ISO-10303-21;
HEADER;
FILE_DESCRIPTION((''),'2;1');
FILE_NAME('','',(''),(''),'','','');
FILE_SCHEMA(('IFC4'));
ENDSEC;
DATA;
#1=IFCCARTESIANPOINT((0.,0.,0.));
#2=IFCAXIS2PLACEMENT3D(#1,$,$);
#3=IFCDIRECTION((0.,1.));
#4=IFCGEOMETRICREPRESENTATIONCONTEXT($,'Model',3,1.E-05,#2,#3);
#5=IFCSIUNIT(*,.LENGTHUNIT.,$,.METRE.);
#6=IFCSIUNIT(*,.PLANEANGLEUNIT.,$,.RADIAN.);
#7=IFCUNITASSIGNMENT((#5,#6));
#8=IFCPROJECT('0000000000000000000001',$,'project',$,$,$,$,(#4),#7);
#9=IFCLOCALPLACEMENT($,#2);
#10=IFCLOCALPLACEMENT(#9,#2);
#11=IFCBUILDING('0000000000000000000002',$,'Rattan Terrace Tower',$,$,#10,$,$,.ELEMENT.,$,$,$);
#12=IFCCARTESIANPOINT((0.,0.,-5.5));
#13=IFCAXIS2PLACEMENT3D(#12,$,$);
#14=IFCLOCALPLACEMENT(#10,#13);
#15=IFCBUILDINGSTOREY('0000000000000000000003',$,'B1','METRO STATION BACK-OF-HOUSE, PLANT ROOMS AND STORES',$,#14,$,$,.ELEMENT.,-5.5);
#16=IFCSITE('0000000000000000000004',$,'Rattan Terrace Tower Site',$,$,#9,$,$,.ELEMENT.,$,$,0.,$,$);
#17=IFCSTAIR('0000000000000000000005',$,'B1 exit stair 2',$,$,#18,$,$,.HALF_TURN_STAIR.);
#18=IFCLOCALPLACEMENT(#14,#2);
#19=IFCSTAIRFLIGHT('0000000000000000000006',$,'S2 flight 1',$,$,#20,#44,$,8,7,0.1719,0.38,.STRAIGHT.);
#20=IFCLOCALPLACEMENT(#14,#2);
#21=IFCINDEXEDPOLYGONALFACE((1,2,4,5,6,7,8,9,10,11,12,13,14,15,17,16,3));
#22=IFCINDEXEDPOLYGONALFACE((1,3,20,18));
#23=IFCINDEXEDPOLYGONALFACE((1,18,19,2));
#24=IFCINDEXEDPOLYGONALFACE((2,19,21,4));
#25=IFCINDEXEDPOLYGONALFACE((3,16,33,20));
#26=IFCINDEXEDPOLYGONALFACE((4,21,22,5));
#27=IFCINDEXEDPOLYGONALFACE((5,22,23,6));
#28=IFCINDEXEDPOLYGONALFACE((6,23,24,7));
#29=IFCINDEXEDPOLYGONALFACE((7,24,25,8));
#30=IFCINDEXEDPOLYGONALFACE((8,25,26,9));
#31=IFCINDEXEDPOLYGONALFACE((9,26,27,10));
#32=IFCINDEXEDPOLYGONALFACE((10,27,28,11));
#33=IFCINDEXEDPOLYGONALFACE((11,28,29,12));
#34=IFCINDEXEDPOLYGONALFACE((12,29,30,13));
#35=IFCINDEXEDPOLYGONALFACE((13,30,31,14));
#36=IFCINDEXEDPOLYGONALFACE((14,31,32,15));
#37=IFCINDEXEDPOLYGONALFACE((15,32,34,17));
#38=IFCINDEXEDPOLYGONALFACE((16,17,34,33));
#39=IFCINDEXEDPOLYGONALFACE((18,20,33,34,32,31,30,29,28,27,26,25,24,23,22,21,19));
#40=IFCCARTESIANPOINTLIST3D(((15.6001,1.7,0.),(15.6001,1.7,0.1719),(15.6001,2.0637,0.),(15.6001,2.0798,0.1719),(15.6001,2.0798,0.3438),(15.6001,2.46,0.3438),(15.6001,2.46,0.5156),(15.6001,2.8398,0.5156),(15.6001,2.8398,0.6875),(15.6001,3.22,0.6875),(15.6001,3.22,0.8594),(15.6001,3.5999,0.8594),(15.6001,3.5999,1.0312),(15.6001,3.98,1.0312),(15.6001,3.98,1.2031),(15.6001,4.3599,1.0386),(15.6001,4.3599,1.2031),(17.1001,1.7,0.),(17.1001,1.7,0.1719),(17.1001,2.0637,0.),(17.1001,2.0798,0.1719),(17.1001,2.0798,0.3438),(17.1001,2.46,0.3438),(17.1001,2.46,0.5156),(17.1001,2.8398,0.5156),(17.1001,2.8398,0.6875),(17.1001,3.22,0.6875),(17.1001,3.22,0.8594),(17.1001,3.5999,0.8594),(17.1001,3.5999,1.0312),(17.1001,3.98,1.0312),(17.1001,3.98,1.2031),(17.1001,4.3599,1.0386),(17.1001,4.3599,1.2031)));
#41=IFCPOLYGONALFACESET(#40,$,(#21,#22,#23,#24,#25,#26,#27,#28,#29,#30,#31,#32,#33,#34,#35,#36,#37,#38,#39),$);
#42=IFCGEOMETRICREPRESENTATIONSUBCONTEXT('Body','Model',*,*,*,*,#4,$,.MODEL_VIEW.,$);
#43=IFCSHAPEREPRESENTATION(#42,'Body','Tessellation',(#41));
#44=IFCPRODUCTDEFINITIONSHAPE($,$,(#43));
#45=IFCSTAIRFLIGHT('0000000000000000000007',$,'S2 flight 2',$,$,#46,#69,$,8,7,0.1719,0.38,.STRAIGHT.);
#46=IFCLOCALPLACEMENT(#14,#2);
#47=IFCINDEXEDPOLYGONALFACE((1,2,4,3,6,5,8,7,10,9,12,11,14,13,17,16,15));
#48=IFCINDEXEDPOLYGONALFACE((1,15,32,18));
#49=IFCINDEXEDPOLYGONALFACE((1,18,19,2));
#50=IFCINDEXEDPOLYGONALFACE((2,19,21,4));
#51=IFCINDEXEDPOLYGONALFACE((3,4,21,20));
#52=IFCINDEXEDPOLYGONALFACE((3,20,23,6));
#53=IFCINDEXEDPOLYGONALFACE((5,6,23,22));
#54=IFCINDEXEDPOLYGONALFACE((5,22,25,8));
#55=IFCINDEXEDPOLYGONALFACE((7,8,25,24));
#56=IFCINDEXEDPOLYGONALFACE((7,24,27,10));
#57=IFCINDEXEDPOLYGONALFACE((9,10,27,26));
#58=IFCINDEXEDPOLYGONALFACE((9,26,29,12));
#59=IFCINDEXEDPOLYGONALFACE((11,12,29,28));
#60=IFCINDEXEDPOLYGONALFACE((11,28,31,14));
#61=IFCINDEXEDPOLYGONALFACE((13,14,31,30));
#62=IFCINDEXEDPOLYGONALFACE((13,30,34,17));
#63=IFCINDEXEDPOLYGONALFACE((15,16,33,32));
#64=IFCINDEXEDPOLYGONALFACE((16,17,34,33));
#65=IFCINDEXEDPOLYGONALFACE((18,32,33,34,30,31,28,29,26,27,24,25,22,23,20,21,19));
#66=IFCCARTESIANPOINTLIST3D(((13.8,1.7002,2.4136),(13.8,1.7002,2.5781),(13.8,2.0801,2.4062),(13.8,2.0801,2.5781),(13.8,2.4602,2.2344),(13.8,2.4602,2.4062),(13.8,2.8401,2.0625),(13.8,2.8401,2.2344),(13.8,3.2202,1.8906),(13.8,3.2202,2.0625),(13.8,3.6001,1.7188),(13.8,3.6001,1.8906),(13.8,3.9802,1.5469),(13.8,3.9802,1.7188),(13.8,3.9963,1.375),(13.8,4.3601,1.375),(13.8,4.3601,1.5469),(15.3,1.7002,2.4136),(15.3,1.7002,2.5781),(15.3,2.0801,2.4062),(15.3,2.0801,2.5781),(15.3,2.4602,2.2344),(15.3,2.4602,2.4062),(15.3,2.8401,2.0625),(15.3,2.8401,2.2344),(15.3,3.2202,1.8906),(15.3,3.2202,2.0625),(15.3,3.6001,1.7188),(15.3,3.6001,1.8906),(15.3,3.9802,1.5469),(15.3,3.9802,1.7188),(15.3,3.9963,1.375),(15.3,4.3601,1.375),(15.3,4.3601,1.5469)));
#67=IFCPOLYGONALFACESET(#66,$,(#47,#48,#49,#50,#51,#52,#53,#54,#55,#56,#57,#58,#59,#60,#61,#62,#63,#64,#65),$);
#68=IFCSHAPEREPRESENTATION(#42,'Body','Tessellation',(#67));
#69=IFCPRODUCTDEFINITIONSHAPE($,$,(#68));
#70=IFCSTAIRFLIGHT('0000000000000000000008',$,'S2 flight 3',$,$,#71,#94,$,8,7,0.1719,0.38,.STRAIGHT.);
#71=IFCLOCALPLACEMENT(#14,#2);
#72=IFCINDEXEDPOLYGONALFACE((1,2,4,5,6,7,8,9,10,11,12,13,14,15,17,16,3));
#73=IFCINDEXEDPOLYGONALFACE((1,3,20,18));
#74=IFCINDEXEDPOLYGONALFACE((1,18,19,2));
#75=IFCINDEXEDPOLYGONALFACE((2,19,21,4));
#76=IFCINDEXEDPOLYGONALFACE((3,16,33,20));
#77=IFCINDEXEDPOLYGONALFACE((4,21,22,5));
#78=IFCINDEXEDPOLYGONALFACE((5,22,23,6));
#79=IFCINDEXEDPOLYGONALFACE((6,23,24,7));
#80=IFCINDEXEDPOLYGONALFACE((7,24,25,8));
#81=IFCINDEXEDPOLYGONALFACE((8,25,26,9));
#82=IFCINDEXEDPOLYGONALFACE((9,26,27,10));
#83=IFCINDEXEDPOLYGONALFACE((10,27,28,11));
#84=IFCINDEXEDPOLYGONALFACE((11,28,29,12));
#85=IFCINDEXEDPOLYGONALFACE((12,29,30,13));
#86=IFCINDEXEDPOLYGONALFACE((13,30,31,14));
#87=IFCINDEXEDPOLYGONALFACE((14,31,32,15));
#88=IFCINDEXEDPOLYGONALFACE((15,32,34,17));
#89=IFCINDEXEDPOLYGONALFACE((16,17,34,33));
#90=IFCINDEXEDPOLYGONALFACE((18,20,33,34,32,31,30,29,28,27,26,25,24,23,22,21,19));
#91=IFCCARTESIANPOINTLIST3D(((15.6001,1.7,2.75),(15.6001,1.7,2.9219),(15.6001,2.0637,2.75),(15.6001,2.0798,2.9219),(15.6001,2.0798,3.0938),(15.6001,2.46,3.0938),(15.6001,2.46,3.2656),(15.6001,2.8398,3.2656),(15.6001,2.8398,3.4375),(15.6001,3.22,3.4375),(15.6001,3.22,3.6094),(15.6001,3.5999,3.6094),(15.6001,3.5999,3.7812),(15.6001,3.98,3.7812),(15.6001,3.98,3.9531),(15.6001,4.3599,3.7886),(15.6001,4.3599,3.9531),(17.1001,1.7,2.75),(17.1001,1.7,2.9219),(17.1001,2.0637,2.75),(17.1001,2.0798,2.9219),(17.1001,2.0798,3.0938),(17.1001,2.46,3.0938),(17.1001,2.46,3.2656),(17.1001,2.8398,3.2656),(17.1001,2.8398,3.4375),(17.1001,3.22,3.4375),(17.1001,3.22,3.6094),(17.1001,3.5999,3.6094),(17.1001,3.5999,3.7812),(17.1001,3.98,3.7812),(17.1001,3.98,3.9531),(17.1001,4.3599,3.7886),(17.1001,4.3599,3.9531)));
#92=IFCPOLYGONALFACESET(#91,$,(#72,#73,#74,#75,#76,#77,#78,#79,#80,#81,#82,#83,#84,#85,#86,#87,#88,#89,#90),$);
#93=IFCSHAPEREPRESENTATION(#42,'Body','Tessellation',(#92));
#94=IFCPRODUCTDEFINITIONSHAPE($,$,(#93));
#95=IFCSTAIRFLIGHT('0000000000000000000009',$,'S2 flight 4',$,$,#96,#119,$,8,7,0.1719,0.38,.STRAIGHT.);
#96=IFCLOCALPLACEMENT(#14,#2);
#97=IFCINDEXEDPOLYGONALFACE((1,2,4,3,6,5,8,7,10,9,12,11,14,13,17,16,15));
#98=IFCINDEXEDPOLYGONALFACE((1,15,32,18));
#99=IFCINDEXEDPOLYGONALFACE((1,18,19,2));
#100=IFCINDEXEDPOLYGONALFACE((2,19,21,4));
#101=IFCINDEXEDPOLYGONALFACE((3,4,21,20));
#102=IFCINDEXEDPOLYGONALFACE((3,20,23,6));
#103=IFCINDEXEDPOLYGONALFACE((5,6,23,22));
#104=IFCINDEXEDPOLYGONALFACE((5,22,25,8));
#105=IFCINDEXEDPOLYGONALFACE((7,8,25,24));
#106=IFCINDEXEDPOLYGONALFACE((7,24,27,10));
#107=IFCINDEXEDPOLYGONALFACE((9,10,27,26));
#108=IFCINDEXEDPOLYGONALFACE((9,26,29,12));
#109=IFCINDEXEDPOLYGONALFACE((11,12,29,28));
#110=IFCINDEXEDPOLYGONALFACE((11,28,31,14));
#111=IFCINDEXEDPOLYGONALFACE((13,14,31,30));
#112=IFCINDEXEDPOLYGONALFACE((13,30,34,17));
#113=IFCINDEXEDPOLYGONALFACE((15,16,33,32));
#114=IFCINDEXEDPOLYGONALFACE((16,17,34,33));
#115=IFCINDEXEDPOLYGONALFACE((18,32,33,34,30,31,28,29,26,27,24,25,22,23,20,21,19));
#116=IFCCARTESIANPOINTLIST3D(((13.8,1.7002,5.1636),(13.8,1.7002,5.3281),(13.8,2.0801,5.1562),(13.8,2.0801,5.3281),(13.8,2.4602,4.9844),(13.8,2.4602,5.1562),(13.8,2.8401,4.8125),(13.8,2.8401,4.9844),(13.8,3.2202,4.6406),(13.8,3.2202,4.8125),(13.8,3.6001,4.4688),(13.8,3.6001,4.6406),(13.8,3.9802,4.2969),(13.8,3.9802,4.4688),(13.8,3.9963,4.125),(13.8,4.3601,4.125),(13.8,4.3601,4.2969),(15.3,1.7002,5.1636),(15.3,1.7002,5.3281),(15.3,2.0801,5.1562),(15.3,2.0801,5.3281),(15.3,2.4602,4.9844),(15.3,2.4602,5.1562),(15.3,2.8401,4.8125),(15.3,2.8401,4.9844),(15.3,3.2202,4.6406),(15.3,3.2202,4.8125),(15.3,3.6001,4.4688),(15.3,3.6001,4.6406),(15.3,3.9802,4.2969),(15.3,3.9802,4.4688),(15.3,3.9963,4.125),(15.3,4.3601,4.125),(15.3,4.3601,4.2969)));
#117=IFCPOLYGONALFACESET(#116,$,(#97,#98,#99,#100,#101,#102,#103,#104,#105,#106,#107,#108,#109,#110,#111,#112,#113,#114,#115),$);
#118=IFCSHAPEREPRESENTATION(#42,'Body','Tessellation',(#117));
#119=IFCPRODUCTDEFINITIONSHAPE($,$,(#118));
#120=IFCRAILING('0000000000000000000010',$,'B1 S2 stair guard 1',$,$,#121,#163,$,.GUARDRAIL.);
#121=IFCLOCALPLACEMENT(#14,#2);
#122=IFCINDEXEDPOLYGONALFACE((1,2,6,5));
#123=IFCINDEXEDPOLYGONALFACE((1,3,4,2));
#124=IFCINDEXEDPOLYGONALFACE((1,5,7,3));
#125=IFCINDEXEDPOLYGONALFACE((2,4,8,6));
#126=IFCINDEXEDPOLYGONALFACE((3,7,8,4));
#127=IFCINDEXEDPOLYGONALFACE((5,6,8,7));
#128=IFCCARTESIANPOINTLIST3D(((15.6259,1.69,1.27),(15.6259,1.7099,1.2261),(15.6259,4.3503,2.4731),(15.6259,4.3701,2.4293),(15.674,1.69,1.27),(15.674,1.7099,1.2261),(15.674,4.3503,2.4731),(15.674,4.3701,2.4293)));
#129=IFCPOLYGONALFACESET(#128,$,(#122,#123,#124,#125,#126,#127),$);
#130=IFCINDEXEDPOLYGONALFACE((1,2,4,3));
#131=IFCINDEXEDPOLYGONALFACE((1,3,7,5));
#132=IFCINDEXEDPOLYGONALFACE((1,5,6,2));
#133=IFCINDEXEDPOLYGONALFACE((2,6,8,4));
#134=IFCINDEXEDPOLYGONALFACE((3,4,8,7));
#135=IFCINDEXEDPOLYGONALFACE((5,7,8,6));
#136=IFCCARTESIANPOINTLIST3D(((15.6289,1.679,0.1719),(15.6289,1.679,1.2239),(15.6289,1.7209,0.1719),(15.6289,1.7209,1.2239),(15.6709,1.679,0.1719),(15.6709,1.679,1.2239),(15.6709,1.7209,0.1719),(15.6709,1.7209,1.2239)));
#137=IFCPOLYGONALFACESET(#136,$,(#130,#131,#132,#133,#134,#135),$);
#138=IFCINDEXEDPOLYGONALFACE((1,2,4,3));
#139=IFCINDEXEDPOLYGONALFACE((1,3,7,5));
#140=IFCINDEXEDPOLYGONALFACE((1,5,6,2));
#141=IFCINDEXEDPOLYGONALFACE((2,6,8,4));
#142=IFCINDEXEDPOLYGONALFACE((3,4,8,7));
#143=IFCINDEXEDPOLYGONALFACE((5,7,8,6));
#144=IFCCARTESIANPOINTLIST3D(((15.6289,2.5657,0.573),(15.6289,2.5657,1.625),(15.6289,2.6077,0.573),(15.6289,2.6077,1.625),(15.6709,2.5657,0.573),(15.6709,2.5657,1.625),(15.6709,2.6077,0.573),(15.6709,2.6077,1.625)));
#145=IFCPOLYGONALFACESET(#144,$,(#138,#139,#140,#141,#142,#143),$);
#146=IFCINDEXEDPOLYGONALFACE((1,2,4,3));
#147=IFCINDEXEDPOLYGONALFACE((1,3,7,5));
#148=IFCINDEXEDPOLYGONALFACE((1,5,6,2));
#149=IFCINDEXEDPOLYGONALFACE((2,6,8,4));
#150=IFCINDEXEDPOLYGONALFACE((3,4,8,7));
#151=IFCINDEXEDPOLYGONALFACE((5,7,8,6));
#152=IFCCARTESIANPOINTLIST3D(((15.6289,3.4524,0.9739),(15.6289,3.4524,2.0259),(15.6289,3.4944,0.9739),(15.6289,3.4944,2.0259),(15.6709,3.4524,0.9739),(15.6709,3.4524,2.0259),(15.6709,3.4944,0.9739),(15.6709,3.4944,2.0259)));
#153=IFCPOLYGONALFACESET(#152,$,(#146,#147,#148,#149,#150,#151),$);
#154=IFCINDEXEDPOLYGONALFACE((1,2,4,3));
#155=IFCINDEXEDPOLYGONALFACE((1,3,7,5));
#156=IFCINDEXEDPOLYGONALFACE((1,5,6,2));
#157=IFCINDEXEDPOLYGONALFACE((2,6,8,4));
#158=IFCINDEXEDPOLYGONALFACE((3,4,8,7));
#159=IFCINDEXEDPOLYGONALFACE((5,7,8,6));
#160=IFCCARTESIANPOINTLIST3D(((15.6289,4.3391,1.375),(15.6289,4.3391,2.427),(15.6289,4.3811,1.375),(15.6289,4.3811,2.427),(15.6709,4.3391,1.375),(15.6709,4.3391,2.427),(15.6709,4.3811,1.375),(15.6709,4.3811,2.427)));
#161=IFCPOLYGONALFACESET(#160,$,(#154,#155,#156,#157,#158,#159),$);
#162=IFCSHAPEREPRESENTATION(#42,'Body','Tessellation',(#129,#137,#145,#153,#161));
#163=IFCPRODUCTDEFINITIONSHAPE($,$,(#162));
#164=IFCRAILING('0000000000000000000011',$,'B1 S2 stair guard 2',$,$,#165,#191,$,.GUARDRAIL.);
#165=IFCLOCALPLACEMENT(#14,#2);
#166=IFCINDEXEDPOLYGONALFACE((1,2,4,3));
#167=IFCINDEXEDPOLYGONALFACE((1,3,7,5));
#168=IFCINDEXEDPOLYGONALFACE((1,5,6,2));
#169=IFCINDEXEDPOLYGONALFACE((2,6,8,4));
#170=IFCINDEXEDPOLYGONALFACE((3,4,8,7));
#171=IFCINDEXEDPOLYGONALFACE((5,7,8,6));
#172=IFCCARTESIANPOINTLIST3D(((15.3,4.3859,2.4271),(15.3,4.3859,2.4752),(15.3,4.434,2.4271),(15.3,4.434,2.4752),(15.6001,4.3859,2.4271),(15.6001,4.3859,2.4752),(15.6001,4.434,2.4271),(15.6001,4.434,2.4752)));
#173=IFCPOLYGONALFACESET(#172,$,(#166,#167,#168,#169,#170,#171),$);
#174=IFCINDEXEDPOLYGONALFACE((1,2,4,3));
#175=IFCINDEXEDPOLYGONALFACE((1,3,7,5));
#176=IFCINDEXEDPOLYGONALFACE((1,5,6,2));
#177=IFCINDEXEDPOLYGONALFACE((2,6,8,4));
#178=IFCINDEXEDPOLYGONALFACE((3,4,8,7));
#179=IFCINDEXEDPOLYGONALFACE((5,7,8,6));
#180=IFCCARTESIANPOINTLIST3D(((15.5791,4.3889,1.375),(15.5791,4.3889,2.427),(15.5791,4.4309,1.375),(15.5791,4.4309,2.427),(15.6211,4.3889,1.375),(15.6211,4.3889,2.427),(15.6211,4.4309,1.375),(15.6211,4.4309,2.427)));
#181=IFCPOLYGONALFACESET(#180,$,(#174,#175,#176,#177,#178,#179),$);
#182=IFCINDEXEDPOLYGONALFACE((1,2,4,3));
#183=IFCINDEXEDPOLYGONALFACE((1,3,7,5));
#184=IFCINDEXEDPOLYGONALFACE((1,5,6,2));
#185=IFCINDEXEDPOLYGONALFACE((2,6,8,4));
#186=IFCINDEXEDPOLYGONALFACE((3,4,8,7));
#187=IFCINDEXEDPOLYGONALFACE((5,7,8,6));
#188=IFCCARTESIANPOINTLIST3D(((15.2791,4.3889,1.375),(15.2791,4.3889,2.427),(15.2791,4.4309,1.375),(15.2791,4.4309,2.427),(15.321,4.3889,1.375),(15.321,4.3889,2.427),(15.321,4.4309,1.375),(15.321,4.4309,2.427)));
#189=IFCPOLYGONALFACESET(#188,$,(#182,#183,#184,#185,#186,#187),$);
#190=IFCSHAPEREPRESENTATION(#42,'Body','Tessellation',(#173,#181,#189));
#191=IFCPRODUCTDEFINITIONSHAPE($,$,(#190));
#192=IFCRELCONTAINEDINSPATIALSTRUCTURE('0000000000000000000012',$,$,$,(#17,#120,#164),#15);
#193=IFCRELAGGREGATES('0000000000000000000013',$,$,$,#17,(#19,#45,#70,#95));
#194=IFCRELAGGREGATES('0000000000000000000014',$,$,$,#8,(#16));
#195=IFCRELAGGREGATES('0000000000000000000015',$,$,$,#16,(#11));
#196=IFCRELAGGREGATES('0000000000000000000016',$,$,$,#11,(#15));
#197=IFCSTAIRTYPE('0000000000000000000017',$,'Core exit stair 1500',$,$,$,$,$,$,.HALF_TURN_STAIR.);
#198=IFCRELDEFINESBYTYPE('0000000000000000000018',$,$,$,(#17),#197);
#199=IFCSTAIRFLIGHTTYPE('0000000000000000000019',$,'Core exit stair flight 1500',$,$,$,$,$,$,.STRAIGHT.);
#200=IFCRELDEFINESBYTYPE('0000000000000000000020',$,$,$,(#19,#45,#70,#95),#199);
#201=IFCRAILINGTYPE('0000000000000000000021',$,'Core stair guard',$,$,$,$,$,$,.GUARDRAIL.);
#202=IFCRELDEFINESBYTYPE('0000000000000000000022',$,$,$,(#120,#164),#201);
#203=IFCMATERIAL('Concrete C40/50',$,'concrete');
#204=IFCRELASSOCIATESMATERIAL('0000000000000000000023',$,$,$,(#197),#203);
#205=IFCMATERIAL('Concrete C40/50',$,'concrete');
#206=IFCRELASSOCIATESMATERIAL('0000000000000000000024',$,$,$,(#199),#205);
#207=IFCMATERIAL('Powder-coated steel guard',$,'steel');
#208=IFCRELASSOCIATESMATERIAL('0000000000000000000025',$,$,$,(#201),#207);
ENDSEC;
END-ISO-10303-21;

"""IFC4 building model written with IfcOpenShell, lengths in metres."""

from ifc_helpers import new_model, si_unit, direction, frame, origin, origin_2d, place, context, subcontext, project, spatial, polyline, rectangle, outline, extrude, material, type_object, element, aggregate, save


model = new_model("IFC4")

# Units and contexts
model_context = context("Model", 3, precision=1e-05, world=origin(), true_north=direction((0.0, 1.0)))
body_context = subcontext(model_context, "Body", "Model", "MODEL_VIEW")
ifc_project = project(units=[si_unit("LENGTHUNIT", "METRE"), si_unit("PLANEANGLEUNIT", "RADIAN")], contexts=[model_context])

# Site, building, storey
site_placement = place(None, origin())
site = spatial("IfcSite", under=ifc_project, at=site_placement, Name="Rattan Terrace Tower Site", CompositionType="ELEMENT", RefElevation=0.0)
building_placement = place(site_placement, origin())
building = spatial("IfcBuilding", under=site, at=building_placement, Name="Rattan Terrace Tower", CompositionType="ELEMENT")
storey_placement = place(building_placement, frame((0.0, 0.0, -5.5)))
storey = spatial("IfcBuildingStorey", under=building, at=storey_placement, Name="B1", Description="METRO STATION BACK-OF-HOUSE, PLANT ROOMS AND STORES", CompositionType="ELEMENT", Elevation=-5.5)

# Stair, stair flights
ifc_material_1 = material(Name="Concrete C40/50", Category="concrete")
stair_type = type_object("IfcStairType", Name="Core exit stair 1500", PredefinedType="HALF_TURN_STAIR", material=ifc_material_1)
stair_placement = place(storey_placement, origin())
stair = element("IfcStair", 1, at=stair_placement, inside=storey, type_object=stair_type, Name="B1 exit stair 2", PredefinedType="HALF_TURN_STAIR")
ifc_material_2 = material(Name="Concrete C40/50", Category="concrete")
stair_flight_type = type_object("IfcStairFlightType", Name="Core exit stair flight 1500", PredefinedType="STRAIGHT", material=ifc_material_2)
stair_flight_1_placement = place(storey_placement, frame((16.3501, 1.7, 0.0), z_axis=(0.0, 0.0, 1.0), x_axis=(0.0, 1.0, 0.0)))
stair_flight_1 = element("IfcStairFlight", 2, at=stair_flight_1_placement, type_object=stair_flight_type, Name="S2 flight 1", NumberOfRisers=8, NumberOfTreads=7, PredefinedType="STRAIGHT", RiserHeight=0.1719, TreadLength=0.38, context=body_context, shape_type="SweptSolid", body=[
    extrude(outline(polyline([(0.0, 0.0), (0.0, 0.1719), (0.3799, 0.1719), (0.3799, 0.3438), (0.76, 0.3438), (0.76, 0.5156), (1.1399, 0.5156), (1.1399, 0.6875), (1.52, 0.6875), (1.52, 0.8594), (1.8999, 0.8594), (1.8999, 1.0312), (2.28, 1.0312), (2.28, 1.2031), (2.6599, 1.2031), (2.6599, 1.375), (2.6599, 1.0386), (0.3638, 0.0), (0.0, 0.0)])), frame((0.0, 0.75, 0.0), z_axis=(0.0, -1.0, 0.0), x_axis=(1.0, 0.0, 0.0)), (0.0, 0.0, 1.0), 1.5),
])
stair_flight_2_placement = place(storey_placement, frame((14.55, 4.3601, 1.375), z_axis=(0.0, 0.0, 1.0), x_axis=(0.0, -1.0, 0.0)))
stair_flight_2 = element("IfcStairFlight", 3, at=stair_flight_2_placement, type_object=stair_flight_type, Name="S2 flight 2", NumberOfRisers=8, NumberOfTreads=7, PredefinedType="STRAIGHT", RiserHeight=0.1719, TreadLength=0.38, context=body_context, shape_type="SweptSolid", body=[
    extrude(outline(polyline([(0.0, 0.0), (0.0, 0.1719), (0.3799, 0.1719), (0.3799, 0.3438), (0.76, 0.3438), (0.76, 0.5156), (1.1399, 0.5156), (1.1399, 0.6875), (1.52, 0.6875), (1.52, 0.8594), (1.8999, 0.8594), (1.8999, 1.0312), (2.28, 1.0312), (2.28, 1.2031), (2.6599, 1.2031), (2.6599, 1.375), (2.6599, 1.0386), (0.3638, 0.0), (0.0, 0.0)])), frame((0.0, 0.75, 0.0), z_axis=(0.0, -1.0, 0.0), x_axis=(1.0, 0.0, 0.0)), (0.0, 0.0, 1.0), 1.5),
])
stair_flight_3_placement = place(storey_placement, frame((16.3501, 1.7, 2.75), z_axis=(0.0, 0.0, 1.0), x_axis=(0.0, 1.0, 0.0)))
stair_flight_3 = element("IfcStairFlight", 4, at=stair_flight_3_placement, type_object=stair_flight_type, Name="S2 flight 3", NumberOfRisers=8, NumberOfTreads=7, PredefinedType="STRAIGHT", RiserHeight=0.1719, TreadLength=0.38, context=body_context, shape_type="SweptSolid", body=[
    extrude(outline(polyline([(0.0, 0.0), (0.0, 0.1719), (0.3799, 0.1719), (0.3799, 0.3438), (0.76, 0.3438), (0.76, 0.5156), (1.1399, 0.5156), (1.1399, 0.6875), (1.52, 0.6875), (1.52, 0.8594), (1.8999, 0.8594), (1.8999, 1.0312), (2.28, 1.0312), (2.28, 1.2031), (2.6599, 1.2031), (2.6599, 1.375), (2.6599, 1.0386), (0.3638, 0.0), (0.0, 0.0)])), frame((0.0, 0.75, 0.0), z_axis=(0.0, -1.0, 0.0), x_axis=(1.0, 0.0, 0.0)), (0.0, 0.0, 1.0), 1.5),
])
stair_flight_4_placement = place(storey_placement, frame((14.55, 4.3601, 4.125), z_axis=(0.0, 0.0, 1.0), x_axis=(0.0, -1.0, 0.0)))
stair_flight_4 = element("IfcStairFlight", 5, at=stair_flight_4_placement, type_object=stair_flight_type, Name="S2 flight 4", NumberOfRisers=8, NumberOfTreads=7, PredefinedType="STRAIGHT", RiserHeight=0.1719, TreadLength=0.38, context=body_context, shape_type="SweptSolid", body=[
    extrude(outline(polyline([(0.0, 0.0), (0.0, 0.1719), (0.3799, 0.1719), (0.3799, 0.3438), (0.76, 0.3438), (0.76, 0.5156), (1.1399, 0.5156), (1.1399, 0.6875), (1.52, 0.6875), (1.52, 0.8594), (1.8999, 0.8594), (1.8999, 1.0312), (2.28, 1.0312), (2.28, 1.2031), (2.6599, 1.2031), (2.6599, 1.375), (2.6599, 1.0386), (0.3638, 0.0), (0.0, 0.0)])), frame((0.0, 0.75, 0.0), z_axis=(0.0, -1.0, 0.0), x_axis=(1.0, 0.0, 0.0)), (0.0, 0.0, 1.0), 1.5),
])
aggregate(stair, [stair_flight_1, stair_flight_2, stair_flight_3, stair_flight_4])

# Railings
ifc_material_3 = material(Name="Powder-coated steel guard", Category="steel")
railing_type_1 = type_object("IfcRailingType", Name="Core stair guard", PredefinedType="GUARDRAIL", material=ifc_material_3)
railing_1_placement = place(storey_placement, frame((15.6499, 1.7, 0.1719)))
element("IfcRailing", 6, at=railing_1_placement, inside=storey, type_object=railing_type_1, Name="B1 S2 stair guard 1", PredefinedType="GUARDRAIL", context=body_context, shape_type="SweptSolid", body=[
    extrude(rectangle(XDim=0.0481, YDim=0.0481, at=origin_2d()), frame((0.0, 0.0, 1.0762), z_axis=(0.0, 0.911144, 0.412089), x_axis=(-1.0, 0.0, 0.0)), (0.0, 0.0, 1.0), 2.9197),
    extrude(rectangle(XDim=0.042, YDim=0.042, at=origin_2d()), origin(), (0.0, 0.0, 1.0), 1.052),
    extrude(rectangle(XDim=0.042, YDim=0.042, at=origin_2d()), frame((0.0, 0.8867, 0.4011)), (0.0, 0.0, 1.0), 1.052),
    extrude(rectangle(XDim=0.042, YDim=0.042, at=origin_2d()), frame((0.0, 1.7734, 0.802)), (0.0, 0.0, 1.0), 1.052),
    extrude(rectangle(XDim=0.042, YDim=0.042, at=origin_2d()), frame((0.0, 2.6602, 1.2031)), (0.0, 0.0, 1.0), 1.052),
])
railing_2_placement = place(storey_placement, frame((15.6001, 4.4099, 1.375)))
element("IfcRailing", 7, at=railing_2_placement, inside=storey, type_object=railing_type_1, Name="B1 S2 stair guard 2", PredefinedType="GUARDRAIL", context=body_context, shape_type="SweptSolid", body=[
    extrude(rectangle(XDim=0.0481, YDim=0.0481, at=origin_2d()), frame((0.0, 0.0, 1.0762), z_axis=(-1.0, 0.0, 0.0), x_axis=(0.0, -1.0, 0.0)), (0.0, 0.0, 1.0), 0.3),
    extrude(rectangle(XDim=0.042, YDim=0.042, at=origin_2d()), origin(), (0.0, 0.0, 1.0), 1.052),
    extrude(rectangle(XDim=0.042, YDim=0.042, at=origin_2d()), frame((-0.3, 0.0, 0.0)), (0.0, 0.0, 1.0), 1.052),
])

save(model, "model.ifc")
